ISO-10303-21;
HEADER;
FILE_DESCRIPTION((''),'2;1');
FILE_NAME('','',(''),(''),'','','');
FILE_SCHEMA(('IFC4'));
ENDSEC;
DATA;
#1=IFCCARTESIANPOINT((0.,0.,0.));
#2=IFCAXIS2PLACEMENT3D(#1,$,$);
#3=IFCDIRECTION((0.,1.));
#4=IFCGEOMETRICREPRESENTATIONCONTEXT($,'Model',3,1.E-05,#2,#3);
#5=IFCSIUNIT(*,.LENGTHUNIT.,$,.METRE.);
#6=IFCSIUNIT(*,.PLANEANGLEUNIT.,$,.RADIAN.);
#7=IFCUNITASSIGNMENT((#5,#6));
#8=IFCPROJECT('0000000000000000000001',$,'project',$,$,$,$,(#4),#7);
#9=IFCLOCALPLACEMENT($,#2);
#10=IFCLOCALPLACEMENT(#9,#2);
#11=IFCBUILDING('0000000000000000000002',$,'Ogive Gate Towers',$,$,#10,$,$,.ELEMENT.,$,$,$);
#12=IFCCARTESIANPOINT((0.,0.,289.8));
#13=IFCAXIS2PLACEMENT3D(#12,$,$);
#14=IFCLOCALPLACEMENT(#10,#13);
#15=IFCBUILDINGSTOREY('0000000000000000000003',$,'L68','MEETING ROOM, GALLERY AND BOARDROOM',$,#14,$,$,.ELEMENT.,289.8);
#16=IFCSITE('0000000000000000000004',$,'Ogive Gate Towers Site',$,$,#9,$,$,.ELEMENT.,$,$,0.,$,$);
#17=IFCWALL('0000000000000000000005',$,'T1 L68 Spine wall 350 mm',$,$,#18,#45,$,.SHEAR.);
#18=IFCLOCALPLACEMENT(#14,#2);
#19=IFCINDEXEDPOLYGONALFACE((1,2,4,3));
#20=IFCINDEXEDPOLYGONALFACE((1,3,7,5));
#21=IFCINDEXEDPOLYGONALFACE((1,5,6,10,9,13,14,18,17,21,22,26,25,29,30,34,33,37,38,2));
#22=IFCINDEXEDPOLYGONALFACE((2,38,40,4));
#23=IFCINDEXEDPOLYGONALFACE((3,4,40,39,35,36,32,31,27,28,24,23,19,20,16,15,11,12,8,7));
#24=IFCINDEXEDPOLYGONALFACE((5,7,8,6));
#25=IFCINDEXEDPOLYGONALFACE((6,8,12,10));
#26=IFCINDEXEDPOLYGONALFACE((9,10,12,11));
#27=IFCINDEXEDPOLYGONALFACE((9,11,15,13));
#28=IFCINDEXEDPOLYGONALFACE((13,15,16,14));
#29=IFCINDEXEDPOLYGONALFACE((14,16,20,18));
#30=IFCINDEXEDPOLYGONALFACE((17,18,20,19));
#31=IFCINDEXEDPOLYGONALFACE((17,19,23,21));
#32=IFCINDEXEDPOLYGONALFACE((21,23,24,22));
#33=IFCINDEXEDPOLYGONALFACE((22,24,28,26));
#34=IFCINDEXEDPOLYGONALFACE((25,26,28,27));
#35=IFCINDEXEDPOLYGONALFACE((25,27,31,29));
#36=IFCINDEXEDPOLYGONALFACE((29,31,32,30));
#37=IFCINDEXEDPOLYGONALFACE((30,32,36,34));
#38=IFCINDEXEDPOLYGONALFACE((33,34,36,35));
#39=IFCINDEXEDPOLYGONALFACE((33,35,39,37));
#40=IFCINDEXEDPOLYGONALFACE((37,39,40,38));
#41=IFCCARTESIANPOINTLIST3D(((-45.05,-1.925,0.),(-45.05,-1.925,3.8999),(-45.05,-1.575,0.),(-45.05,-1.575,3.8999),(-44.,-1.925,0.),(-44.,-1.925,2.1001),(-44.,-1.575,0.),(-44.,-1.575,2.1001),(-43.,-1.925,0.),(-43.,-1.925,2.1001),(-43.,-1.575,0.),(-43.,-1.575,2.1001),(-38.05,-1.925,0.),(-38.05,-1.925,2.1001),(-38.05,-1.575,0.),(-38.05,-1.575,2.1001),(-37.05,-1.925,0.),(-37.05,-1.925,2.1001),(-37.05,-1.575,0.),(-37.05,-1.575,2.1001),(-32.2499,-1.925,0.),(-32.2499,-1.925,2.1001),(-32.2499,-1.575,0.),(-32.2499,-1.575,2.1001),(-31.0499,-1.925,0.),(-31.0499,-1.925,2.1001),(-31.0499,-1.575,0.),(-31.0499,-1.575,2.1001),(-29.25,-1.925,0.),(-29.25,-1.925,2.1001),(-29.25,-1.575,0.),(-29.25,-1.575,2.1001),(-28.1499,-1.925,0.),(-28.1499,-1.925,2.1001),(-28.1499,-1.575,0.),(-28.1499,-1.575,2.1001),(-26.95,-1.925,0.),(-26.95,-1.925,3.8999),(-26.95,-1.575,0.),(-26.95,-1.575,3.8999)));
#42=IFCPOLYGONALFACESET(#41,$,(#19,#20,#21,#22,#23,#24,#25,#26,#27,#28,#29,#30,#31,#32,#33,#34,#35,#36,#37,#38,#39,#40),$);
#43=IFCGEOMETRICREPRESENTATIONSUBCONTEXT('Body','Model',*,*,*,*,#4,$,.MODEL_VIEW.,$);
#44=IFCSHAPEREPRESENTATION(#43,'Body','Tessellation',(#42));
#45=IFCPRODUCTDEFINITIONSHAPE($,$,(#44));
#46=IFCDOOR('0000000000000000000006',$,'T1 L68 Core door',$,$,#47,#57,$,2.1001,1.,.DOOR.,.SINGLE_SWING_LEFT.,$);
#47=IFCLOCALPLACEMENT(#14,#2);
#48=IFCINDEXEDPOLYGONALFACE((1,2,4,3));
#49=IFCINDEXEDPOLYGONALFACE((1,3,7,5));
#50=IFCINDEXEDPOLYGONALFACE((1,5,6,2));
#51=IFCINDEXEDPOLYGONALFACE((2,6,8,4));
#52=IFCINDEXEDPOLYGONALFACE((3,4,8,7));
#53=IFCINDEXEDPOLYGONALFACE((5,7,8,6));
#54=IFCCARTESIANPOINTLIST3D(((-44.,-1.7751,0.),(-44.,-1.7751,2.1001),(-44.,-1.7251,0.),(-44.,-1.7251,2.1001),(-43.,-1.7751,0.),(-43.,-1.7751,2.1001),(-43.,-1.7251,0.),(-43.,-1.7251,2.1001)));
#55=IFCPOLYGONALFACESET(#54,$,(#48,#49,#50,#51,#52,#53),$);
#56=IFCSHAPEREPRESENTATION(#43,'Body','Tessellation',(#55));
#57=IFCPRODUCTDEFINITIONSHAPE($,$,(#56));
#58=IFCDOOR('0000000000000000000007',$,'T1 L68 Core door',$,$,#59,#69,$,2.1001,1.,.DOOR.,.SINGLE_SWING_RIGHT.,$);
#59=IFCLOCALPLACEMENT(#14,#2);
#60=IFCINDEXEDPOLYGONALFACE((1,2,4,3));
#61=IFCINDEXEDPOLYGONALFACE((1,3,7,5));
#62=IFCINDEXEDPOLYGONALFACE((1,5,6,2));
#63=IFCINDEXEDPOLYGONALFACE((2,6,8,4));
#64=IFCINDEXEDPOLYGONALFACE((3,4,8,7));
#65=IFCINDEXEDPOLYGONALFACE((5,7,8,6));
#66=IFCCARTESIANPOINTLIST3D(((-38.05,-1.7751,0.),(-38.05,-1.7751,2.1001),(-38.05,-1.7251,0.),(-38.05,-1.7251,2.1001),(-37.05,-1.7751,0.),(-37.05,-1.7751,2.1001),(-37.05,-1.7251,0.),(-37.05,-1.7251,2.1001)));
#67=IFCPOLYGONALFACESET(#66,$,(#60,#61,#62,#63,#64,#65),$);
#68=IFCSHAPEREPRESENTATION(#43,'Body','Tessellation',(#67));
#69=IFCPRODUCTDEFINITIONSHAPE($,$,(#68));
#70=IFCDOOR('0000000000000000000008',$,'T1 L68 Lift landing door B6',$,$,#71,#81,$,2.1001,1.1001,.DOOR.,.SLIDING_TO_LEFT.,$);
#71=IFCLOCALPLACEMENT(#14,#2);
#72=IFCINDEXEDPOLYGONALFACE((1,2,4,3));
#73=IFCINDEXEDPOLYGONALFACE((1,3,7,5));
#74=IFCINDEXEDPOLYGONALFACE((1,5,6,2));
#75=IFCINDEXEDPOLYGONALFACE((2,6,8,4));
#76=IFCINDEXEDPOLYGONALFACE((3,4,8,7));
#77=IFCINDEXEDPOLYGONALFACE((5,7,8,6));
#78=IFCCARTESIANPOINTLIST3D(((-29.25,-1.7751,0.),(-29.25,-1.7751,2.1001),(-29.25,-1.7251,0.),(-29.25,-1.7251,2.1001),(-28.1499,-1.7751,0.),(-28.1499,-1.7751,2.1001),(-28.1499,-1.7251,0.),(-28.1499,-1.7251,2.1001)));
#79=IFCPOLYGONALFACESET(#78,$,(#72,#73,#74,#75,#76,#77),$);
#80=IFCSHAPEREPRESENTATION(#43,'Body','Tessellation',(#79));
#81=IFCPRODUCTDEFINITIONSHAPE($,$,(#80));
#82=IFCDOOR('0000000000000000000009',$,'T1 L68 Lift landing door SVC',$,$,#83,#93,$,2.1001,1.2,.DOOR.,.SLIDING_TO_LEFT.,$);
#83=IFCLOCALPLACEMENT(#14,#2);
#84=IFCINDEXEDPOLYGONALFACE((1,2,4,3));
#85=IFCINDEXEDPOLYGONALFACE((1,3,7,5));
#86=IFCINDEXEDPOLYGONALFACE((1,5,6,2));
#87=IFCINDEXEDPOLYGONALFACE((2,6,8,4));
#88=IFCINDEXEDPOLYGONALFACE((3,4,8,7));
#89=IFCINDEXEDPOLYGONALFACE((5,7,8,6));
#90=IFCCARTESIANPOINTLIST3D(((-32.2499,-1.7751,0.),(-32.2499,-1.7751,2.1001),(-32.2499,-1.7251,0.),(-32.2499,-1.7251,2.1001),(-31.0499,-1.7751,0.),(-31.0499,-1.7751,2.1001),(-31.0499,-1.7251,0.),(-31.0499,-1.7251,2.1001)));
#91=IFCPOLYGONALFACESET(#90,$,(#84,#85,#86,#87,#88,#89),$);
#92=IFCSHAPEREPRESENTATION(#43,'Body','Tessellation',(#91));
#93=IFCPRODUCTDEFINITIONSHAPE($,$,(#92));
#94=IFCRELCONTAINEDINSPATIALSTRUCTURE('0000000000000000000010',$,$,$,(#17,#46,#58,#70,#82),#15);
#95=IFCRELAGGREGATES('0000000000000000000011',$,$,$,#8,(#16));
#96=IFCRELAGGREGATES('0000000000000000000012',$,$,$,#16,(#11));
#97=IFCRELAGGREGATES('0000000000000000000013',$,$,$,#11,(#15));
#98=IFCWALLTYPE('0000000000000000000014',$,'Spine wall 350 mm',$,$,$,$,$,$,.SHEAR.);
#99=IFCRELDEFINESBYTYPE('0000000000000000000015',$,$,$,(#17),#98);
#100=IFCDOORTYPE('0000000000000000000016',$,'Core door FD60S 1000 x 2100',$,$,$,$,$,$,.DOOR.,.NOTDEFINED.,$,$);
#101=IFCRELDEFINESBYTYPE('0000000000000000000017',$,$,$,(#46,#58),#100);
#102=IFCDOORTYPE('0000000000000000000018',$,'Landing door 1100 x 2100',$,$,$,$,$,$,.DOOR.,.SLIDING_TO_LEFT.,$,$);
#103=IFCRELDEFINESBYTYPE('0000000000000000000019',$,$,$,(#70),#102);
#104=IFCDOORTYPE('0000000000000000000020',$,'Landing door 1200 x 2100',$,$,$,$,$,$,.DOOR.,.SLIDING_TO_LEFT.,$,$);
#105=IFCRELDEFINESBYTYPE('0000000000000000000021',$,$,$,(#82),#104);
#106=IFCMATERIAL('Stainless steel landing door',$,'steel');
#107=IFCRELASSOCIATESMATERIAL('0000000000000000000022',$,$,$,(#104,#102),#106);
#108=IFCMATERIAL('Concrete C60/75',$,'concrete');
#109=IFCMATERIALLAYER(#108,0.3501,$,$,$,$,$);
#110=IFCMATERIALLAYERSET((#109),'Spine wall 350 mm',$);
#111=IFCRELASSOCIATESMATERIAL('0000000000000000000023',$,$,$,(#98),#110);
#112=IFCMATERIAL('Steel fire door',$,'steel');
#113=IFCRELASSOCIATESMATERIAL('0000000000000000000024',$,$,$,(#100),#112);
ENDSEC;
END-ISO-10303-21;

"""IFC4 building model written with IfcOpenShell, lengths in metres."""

from ifc_helpers import new_model, si_unit, direction, frame, frame_2d, origin, place, context, subcontext, project, spatial, rectangle, extrude, material, layer, layer_set, type_object, element, fill, save


model = new_model("IFC4")

# Units and contexts
model_context = context("Model", 3, precision=1e-05, world=origin(), true_north=direction((0.0, 1.0)))
body_context = subcontext(model_context, "Body", "Model", "MODEL_VIEW")
ifc_project = project(units=[si_unit("LENGTHUNIT", "METRE"), si_unit("PLANEANGLEUNIT", "RADIAN")], contexts=[model_context])

# Site, building, storey
site_placement = place(None, origin())
site = spatial("IfcSite", under=ifc_project, at=site_placement, Name="Ogive Gate Towers Site", CompositionType="ELEMENT", RefElevation=0.0)
building_placement = place(site_placement, origin())
building = spatial("IfcBuilding", under=site, at=building_placement, Name="Ogive Gate Towers", CompositionType="ELEMENT")
storey_placement = place(building_placement, frame((0.0, 0.0, 289.8)))
storey = spatial("IfcBuildingStorey", under=building, at=storey_placement, Name="L68", Description="MEETING ROOM, GALLERY AND BOARDROOM", CompositionType="ELEMENT", Elevation=289.8)

# Shared definitions
ifc_material_1 = material(Name="Concrete C60/75", Category="concrete")
ifc_material_2 = material(Name="Steel fire door", Category="steel")

# Shared definitions
ifc_material_3 = material(Name="Stainless steel landing door", Category="steel")
door_type_1 = type_object("IfcDoorType", Name="Landing door 1200 x 2100", OperationType="SLIDING_TO_LEFT", PredefinedType="DOOR", material=ifc_material_3)

# Wall, openings, doors
ifc_layer_1 = layer(ifc_material_1, 0.3501)
ifc_layer_set_1 = layer_set([ifc_layer_1], Name="Spine wall 350 mm")
wall_type_1 = type_object("IfcWallType", Name="Spine wall 350 mm", PredefinedType="SHEAR", material=ifc_layer_set_1)
wall_1_placement = place(storey_placement, frame((-45.05, -1.75, 0.0), z_axis=(0.0, 0.0, 1.0), x_axis=(1.0, 0.0, 0.0)))
wall_1 = element("IfcWall", 1, at=wall_1_placement, inside=storey, type_object=wall_type_1, Name="T1 L68 Spine wall 350 mm", PredefinedType="SHEAR", context=body_context, shape_type="SweptSolid", body=[
    extrude(rectangle(XDim=18.1001, YDim=0.3501, at=frame_2d((9.05, 0.0))), origin(), (0.0, 0.0, 1.0), 3.8999),
])
opening_1_placement = place(wall_1_placement, frame((12.8, 0.0, 0.0)))
opening_1 = element("IfcOpeningElement", 2, at=opening_1_placement, cuts=wall_1, PredefinedType="OPENING", context=body_context, shape_type="SweptSolid", body=[
    extrude(rectangle(XDim=1.2, YDim=2.1001, at=frame_2d((0.6001, 1.05))), frame((0.0, 0.1851, 0.0), z_axis=(0.0, -1.0, 0.0), x_axis=(1.0, 0.0, 0.0)), (0.0, 0.0, 1.0), 0.3701),
])
opening_2_placement = place(wall_1_placement, frame((15.8, 0.0, 0.0)))
opening_2 = element("IfcOpeningElement", 3, at=opening_2_placement, cuts=wall_1, PredefinedType="OPENING", context=body_context, shape_type="SweptSolid", body=[
    extrude(rectangle(XDim=1.1001, YDim=2.1001, at=frame_2d((0.55, 1.05))), frame((0.0, 0.1851, 0.0), z_axis=(0.0, -1.0, 0.0), x_axis=(1.0, 0.0, 0.0)), (0.0, 0.0, 1.0), 0.3701),
])
opening_3_placement = place(wall_1_placement, frame((1.05, 0.0, 0.0)))
opening_3 = element("IfcOpeningElement", 4, at=opening_3_placement, cuts=wall_1, PredefinedType="OPENING", context=body_context, shape_type="SweptSolid", body=[
    extrude(rectangle(XDim=1.0, YDim=2.1001, at=frame_2d((0.5, 1.05))), frame((0.0, 0.1851, 0.0), z_axis=(0.0, -1.0, 0.0), x_axis=(1.0, 0.0, 0.0)), (0.0, 0.0, 1.0), 0.3701),
])
opening_4_placement = place(wall_1_placement, frame((7.0, 0.0, 0.0)))
opening_4 = element("IfcOpeningElement", 5, at=opening_4_placement, cuts=wall_1, PredefinedType="OPENING", context=body_context, shape_type="SweptSolid", body=[
    extrude(rectangle(XDim=1.0, YDim=2.1001, at=frame_2d((0.5, 1.05))), frame((0.0, 0.1851, 0.0), z_axis=(0.0, -1.0, 0.0), x_axis=(1.0, 0.0, 0.0)), (0.0, 0.0, 1.0), 0.3701),
])
door_type_2 = type_object("IfcDoorType", Name="Core door FD60S 1000 x 2100", OperationType="NOTDEFINED", PredefinedType="DOOR", material=ifc_material_2)
door_1_placement = place(opening_3_placement, origin())
door_1 = element("IfcDoor", 6, at=door_1_placement, inside=storey, type_object=door_type_2, Name="T1 L68 Core door", OperationType="SINGLE_SWING_LEFT", OverallHeight=2.1001, OverallWidth=1.0, PredefinedType="DOOR", context=body_context, shape_type="SweptSolid", body=[
    extrude(rectangle(XDim=1.0, YDim=2.1001, at=frame_2d((0.5, 1.05))), frame((0.0, 0.0249, 0.0), z_axis=(0.0, -1.0, 0.0), x_axis=(1.0, 0.0, 0.0)), (0.0, 0.0, 1.0), 0.05),
])
fill(opening_3, door_1)
door_2_placement = place(opening_4_placement, origin())
door_2 = element("IfcDoor", 7, at=door_2_placement, inside=storey, type_object=door_type_2, Name="T1 L68 Core door", OperationType="SINGLE_SWING_RIGHT", OverallHeight=2.1001, OverallWidth=1.0, PredefinedType="DOOR", context=body_context, shape_type="SweptSolid", body=[
    extrude(rectangle(XDim=1.0, YDim=2.1001, at=frame_2d((0.5, 1.05))), frame((0.0, 0.0249, 0.0), z_axis=(0.0, -1.0, 0.0), x_axis=(1.0, 0.0, 0.0)), (0.0, 0.0, 1.0), 0.05),
])
fill(opening_4, door_2)
door_type_3 = type_object("IfcDoorType", Name="Landing door 1100 x 2100", OperationType="SLIDING_TO_LEFT", PredefinedType="DOOR", material=ifc_material_3)
door_3_placement = place(opening_2_placement, origin())
door_3 = element("IfcDoor", 8, at=door_3_placement, inside=storey, type_object=door_type_3, Name="T1 L68 Lift landing door B6", OperationType="SLIDING_TO_LEFT", OverallHeight=2.1001, OverallWidth=1.1001, PredefinedType="DOOR", context=body_context, shape_type="SweptSolid", body=[
    extrude(rectangle(XDim=1.1001, YDim=2.1001, at=frame_2d((0.55, 1.05))), frame((0.0, 0.0249, 0.0), z_axis=(0.0, -1.0, 0.0), x_axis=(1.0, 0.0, 0.0)), (0.0, 0.0, 1.0), 0.05),
])
fill(opening_2, door_3)
door_4_placement = place(opening_1_placement, origin())
door_4 = element("IfcDoor", 9, at=door_4_placement, inside=storey, type_object=door_type_1, Name="T1 L68 Lift landing door SVC", OperationType="SLIDING_TO_LEFT", OverallHeight=2.1001, OverallWidth=1.2, PredefinedType="DOOR", context=body_context, shape_type="SweptSolid", body=[
    extrude(rectangle(XDim=1.2, YDim=2.1001, at=frame_2d((0.6001, 1.05))), frame((0.0, 0.0249, 0.0), z_axis=(0.0, -1.0, 0.0), x_axis=(1.0, 0.0, 0.0)), (0.0, 0.0, 1.0), 0.05),
])
fill(opening_1, door_4)

save(model, "model.ifc")
